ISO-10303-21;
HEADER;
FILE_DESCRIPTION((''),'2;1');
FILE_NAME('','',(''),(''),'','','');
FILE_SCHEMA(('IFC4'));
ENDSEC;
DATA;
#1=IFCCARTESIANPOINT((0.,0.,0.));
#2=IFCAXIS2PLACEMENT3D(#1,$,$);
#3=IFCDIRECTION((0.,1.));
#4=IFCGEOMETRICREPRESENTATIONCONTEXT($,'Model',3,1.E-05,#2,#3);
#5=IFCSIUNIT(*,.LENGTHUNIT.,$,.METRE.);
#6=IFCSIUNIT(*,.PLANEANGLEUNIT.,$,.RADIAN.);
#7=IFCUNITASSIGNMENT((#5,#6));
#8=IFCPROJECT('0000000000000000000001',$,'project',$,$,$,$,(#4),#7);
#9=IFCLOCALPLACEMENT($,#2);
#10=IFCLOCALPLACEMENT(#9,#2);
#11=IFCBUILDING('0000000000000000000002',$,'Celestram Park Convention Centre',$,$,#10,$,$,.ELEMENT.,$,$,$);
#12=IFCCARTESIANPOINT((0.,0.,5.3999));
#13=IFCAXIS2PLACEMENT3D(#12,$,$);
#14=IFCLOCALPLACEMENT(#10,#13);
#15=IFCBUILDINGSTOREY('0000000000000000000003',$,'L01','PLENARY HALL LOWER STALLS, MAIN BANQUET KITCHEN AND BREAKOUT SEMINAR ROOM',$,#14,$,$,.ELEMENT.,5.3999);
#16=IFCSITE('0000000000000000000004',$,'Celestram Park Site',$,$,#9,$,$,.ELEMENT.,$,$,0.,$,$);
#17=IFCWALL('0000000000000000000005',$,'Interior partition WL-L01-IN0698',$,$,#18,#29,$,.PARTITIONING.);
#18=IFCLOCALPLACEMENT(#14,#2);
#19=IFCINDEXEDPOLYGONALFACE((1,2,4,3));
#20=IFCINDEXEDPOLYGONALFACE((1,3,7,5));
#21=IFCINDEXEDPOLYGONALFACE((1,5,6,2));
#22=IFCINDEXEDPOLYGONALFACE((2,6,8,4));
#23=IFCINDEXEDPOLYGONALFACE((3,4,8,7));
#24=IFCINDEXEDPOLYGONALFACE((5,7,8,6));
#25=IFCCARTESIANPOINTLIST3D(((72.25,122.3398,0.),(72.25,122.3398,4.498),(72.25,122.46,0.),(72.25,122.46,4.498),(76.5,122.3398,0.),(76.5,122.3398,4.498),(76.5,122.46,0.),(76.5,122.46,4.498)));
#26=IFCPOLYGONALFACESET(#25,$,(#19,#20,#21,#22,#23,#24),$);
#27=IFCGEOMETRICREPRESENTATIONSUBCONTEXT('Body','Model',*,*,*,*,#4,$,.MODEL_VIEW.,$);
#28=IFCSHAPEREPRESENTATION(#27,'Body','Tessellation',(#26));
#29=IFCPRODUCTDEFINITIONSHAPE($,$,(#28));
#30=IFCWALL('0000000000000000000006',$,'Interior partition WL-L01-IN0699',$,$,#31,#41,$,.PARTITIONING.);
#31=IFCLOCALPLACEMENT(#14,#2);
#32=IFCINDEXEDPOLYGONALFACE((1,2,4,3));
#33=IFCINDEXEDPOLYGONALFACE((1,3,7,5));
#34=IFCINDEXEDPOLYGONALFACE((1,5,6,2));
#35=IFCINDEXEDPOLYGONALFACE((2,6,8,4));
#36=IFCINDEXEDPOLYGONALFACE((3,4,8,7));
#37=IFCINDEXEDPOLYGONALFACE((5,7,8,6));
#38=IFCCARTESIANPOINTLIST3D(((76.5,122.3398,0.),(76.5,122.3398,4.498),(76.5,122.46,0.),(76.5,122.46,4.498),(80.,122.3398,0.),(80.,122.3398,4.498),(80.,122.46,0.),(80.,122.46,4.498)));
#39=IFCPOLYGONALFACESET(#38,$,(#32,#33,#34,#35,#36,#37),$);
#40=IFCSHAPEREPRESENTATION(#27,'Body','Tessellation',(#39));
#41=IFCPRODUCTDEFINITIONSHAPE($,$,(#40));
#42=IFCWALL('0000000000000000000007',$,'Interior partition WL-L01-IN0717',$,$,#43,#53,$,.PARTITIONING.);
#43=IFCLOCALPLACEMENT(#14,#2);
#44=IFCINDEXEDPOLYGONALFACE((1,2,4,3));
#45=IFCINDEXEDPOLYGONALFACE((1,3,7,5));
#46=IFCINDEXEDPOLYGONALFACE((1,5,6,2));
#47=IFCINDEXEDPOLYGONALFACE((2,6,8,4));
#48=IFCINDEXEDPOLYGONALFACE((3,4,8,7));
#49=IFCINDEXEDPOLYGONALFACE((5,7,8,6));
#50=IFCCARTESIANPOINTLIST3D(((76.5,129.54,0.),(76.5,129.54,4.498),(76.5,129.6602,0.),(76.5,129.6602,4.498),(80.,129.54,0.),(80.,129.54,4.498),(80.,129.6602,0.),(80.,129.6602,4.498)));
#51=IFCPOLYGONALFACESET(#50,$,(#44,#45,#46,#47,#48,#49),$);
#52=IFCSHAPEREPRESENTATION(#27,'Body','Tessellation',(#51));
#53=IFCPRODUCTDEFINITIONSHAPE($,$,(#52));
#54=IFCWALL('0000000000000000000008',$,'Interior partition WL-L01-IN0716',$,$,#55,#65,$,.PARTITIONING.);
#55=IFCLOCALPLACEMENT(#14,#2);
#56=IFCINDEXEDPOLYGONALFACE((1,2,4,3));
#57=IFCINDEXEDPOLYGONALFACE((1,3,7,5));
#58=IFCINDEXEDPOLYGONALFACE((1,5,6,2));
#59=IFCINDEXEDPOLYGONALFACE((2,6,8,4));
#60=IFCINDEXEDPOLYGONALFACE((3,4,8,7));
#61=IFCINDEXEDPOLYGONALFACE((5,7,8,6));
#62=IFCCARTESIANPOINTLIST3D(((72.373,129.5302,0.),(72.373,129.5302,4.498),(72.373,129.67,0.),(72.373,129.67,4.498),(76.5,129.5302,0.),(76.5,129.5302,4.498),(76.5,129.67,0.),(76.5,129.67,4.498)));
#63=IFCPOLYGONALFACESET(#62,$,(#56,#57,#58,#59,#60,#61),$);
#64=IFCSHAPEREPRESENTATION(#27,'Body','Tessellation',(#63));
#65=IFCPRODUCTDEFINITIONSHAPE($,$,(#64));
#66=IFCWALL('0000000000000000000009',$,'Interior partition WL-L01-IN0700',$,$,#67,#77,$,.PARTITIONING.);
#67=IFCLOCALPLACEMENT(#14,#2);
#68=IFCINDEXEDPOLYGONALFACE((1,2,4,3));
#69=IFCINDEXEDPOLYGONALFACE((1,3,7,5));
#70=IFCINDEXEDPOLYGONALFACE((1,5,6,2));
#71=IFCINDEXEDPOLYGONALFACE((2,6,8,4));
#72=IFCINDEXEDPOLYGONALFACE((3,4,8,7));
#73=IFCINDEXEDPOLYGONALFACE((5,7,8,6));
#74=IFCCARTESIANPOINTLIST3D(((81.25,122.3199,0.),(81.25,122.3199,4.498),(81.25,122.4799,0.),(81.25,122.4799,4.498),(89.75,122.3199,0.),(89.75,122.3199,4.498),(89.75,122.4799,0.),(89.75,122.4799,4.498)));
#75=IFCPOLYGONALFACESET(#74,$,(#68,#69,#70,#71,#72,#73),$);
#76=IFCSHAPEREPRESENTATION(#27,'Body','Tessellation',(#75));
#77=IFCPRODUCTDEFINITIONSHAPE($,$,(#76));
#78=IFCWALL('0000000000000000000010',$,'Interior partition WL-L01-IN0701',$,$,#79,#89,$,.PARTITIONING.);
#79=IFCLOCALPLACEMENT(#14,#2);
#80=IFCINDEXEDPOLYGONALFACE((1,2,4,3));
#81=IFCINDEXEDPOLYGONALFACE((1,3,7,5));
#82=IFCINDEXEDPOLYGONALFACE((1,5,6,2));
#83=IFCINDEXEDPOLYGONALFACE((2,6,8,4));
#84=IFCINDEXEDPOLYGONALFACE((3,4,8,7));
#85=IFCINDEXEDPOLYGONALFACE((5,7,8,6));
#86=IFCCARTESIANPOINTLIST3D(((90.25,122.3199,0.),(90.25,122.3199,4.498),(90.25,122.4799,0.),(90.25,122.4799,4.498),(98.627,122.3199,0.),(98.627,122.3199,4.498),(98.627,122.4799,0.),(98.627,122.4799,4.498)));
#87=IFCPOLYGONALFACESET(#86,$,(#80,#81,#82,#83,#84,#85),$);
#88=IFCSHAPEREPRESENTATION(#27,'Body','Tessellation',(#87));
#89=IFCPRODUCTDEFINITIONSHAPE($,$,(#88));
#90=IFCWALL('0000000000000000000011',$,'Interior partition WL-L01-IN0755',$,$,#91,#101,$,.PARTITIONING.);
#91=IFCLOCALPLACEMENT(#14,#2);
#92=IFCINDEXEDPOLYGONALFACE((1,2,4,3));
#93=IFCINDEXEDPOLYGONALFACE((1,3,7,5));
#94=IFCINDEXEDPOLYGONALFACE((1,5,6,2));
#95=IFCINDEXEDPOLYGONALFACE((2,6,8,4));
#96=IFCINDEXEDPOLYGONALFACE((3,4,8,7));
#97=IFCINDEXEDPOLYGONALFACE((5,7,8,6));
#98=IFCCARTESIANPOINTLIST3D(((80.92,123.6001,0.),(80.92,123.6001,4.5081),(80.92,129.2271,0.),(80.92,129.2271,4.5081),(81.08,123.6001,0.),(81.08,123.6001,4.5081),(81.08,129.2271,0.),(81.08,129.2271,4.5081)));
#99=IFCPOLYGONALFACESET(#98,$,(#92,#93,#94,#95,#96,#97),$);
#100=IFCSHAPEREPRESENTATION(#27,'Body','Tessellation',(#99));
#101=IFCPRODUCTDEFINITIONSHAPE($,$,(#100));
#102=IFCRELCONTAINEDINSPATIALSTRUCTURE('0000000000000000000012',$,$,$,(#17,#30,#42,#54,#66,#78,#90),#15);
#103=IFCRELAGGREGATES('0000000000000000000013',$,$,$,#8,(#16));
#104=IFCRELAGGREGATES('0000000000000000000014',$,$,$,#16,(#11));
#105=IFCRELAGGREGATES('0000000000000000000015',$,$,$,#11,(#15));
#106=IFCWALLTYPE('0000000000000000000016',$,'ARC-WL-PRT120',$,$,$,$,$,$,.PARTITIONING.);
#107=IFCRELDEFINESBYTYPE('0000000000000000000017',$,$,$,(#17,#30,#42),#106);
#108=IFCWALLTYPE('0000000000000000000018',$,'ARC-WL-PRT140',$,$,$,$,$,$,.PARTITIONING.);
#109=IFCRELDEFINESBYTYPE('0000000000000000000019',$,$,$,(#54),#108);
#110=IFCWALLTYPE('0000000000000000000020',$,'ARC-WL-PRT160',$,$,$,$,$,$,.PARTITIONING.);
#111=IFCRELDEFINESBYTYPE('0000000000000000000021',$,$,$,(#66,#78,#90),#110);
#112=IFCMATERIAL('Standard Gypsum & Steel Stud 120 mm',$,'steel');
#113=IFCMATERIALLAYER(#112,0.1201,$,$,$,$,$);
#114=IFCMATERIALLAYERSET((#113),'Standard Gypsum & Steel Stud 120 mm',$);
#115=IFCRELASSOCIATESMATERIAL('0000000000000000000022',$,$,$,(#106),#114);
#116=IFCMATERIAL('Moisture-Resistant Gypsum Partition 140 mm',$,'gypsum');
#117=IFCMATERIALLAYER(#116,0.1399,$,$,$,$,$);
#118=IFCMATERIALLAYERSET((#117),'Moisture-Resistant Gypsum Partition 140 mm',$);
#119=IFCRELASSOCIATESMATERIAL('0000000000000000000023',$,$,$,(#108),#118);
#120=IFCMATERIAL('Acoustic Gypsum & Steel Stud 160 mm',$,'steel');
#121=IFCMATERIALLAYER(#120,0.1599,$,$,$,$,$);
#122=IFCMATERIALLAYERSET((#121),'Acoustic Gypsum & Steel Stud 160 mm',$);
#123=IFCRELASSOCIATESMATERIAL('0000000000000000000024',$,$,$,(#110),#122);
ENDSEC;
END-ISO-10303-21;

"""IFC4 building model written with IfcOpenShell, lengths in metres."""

from ifc_helpers import new_model, si_unit, direction, frame, frame_2d, origin, place, context, subcontext, project, spatial, rectangle, extrude, material, layer, layer_set, type_object, element, save


model = new_model("IFC4")

# Units and contexts
model_context = context("Model", 3, precision=1e-05, world=origin(), true_north=direction((0.0, 1.0)))
body_context = subcontext(model_context, "Body", "Model", "MODEL_VIEW")
ifc_project = project(units=[si_unit("LENGTHUNIT", "METRE"), si_unit("PLANEANGLEUNIT", "RADIAN")], contexts=[model_context])

# Site, building, storey
site_placement = place(None, origin())
site = spatial("IfcSite", under=ifc_project, at=site_placement, Name="Celestram Park Site", CompositionType="ELEMENT", RefElevation=0.0)
building_placement = place(site_placement, origin())
building = spatial("IfcBuilding", under=site, at=building_placement, Name="Celestram Park Convention Centre", CompositionType="ELEMENT")
storey_placement = place(building_placement, frame((0.0, 0.0, 5.3999)))
storey = spatial("IfcBuildingStorey", under=building, at=storey_placement, Name="L01", Description="PLENARY HALL LOWER STALLS, MAIN BANQUET KITCHEN AND BREAKOUT SEMINAR ROOM", CompositionType="ELEMENT", Elevation=5.3999)

# Walls
ifc_material_1 = material(Name="Standard Gypsum & Steel Stud 120 mm", Category="steel")
ifc_layer_1 = layer(ifc_material_1, 0.1201)
ifc_layer_set_1 = layer_set([ifc_layer_1], Name="Standard Gypsum & Steel Stud 120 mm")
wall_type_1 = type_object("IfcWallType", Name="ARC-WL-PRT120", PredefinedType="PARTITIONING", material=ifc_layer_set_1)
wall_1_placement = place(storey_placement, frame((72.25, 122.3999, 0.0), z_axis=(0.0, 0.0, 1.0), x_axis=(1.0, 0.0, 0.0)))
element("IfcWall", 1, at=wall_1_placement, inside=storey, type_object=wall_type_1, Name="Interior partition WL-L01-IN0698", PredefinedType="PARTITIONING", context=body_context, shape_type="SweptSolid", body=[
    extrude(rectangle(XDim=4.25, YDim=0.1201, at=frame_2d((2.125, 0.0))), origin(), (0.0, 0.0, 1.0), 4.498),
])
for number, where, z_axis, x_axis, name in (
    (2, (76.5, 122.3999, 0.0), (0.0, 0.0, 1.0), (1.0, 0.0, 0.0), "Interior partition WL-L01-IN0699"),
    (3, (76.5, 129.6001, 0.0), (0.0, 0.0, 1.0), (1.0, 0.0, 0.0), "Interior partition WL-L01-IN0717"),
):
    element("IfcWall", number, at=place(storey_placement, frame(where, z_axis=z_axis, x_axis=x_axis)), inside=storey, type_object=wall_type_1, Name=name, PredefinedType="PARTITIONING", context=body_context, shape_type="SweptSolid", body=[
        extrude(rectangle(XDim=3.5, YDim=0.1201, at=frame_2d((1.75, 0.0))), origin(), (0.0, 0.0, 1.0), 4.498),
    ])
ifc_material_2 = material(Name="Moisture-Resistant Gypsum Partition 140 mm", Category="gypsum")
ifc_layer_2 = layer(ifc_material_2, 0.1399)
ifc_layer_set_2 = layer_set([ifc_layer_2], Name="Moisture-Resistant Gypsum Partition 140 mm")
wall_type_2 = type_object("IfcWallType", Name="ARC-WL-PRT140", PredefinedType="PARTITIONING", material=ifc_layer_set_2)
wall_2_placement = place(storey_placement, frame((72.373, 129.6001, 0.0), z_axis=(0.0, 0.0, 1.0), x_axis=(1.0, 0.0, 0.0)))
element("IfcWall", 4, at=wall_2_placement, inside=storey, type_object=wall_type_2, Name="Interior partition WL-L01-IN0716", PredefinedType="PARTITIONING", context=body_context, shape_type="SweptSolid", body=[
    extrude(rectangle(XDim=4.127, YDim=0.1399, at=frame_2d((2.0635, 0.0))), origin(), (0.0, 0.0, 1.0), 4.498),
])
ifc_material_3 = material(Name="Acoustic Gypsum & Steel Stud 160 mm", Category="steel")
ifc_layer_3 = layer(ifc_material_3, 0.1599)
ifc_layer_set_3 = layer_set([ifc_layer_3], Name="Acoustic Gypsum & Steel Stud 160 mm")
wall_type_3 = type_object("IfcWallType", Name="ARC-WL-PRT160", PredefinedType="PARTITIONING", material=ifc_layer_set_3)
wall_3_placement = place(storey_placement, frame((81.25, 122.3999, 0.0), z_axis=(0.0, 0.0, 1.0), x_axis=(1.0, 0.0, 0.0)))
element("IfcWall", 5, at=wall_3_placement, inside=storey, type_object=wall_type_3, Name="Interior partition WL-L01-IN0700", PredefinedType="PARTITIONING", context=body_context, shape_type="SweptSolid", body=[
    extrude(rectangle(XDim=8.5, YDim=0.1599, at=frame_2d((4.25, 0.0))), origin(), (0.0, 0.0, 1.0), 4.498),
])
wall_4_placement = place(storey_placement, frame((90.25, 122.3999, 0.0), z_axis=(0.0, 0.0, 1.0), x_axis=(1.0, 0.0, 0.0)))
element("IfcWall", 6, at=wall_4_placement, inside=storey, type_object=wall_type_3, Name="Interior partition WL-L01-IN0701", PredefinedType="PARTITIONING", context=body_context, shape_type="SweptSolid", body=[
    extrude(rectangle(XDim=8.377, YDim=0.1599, at=frame_2d((4.1885, 0.0))), origin(), (0.0, 0.0, 1.0), 4.498),
])
wall_5_placement = place(storey_placement, frame((81.0, 123.6001, 0.0), z_axis=(0.0, 0.0, 1.0), x_axis=(0.0, 1.0, 0.0)))
element("IfcWall", 7, at=wall_5_placement, inside=storey, type_object=wall_type_3, Name="Interior partition WL-L01-IN0755", PredefinedType="PARTITIONING", context=body_context, shape_type="SweptSolid", body=[
    extrude(rectangle(XDim=5.627, YDim=0.1599, at=frame_2d((2.8135, 0.0))), origin(), (0.0, 0.0, 1.0), 4.5081),
])

save(model, "model.ifc")
